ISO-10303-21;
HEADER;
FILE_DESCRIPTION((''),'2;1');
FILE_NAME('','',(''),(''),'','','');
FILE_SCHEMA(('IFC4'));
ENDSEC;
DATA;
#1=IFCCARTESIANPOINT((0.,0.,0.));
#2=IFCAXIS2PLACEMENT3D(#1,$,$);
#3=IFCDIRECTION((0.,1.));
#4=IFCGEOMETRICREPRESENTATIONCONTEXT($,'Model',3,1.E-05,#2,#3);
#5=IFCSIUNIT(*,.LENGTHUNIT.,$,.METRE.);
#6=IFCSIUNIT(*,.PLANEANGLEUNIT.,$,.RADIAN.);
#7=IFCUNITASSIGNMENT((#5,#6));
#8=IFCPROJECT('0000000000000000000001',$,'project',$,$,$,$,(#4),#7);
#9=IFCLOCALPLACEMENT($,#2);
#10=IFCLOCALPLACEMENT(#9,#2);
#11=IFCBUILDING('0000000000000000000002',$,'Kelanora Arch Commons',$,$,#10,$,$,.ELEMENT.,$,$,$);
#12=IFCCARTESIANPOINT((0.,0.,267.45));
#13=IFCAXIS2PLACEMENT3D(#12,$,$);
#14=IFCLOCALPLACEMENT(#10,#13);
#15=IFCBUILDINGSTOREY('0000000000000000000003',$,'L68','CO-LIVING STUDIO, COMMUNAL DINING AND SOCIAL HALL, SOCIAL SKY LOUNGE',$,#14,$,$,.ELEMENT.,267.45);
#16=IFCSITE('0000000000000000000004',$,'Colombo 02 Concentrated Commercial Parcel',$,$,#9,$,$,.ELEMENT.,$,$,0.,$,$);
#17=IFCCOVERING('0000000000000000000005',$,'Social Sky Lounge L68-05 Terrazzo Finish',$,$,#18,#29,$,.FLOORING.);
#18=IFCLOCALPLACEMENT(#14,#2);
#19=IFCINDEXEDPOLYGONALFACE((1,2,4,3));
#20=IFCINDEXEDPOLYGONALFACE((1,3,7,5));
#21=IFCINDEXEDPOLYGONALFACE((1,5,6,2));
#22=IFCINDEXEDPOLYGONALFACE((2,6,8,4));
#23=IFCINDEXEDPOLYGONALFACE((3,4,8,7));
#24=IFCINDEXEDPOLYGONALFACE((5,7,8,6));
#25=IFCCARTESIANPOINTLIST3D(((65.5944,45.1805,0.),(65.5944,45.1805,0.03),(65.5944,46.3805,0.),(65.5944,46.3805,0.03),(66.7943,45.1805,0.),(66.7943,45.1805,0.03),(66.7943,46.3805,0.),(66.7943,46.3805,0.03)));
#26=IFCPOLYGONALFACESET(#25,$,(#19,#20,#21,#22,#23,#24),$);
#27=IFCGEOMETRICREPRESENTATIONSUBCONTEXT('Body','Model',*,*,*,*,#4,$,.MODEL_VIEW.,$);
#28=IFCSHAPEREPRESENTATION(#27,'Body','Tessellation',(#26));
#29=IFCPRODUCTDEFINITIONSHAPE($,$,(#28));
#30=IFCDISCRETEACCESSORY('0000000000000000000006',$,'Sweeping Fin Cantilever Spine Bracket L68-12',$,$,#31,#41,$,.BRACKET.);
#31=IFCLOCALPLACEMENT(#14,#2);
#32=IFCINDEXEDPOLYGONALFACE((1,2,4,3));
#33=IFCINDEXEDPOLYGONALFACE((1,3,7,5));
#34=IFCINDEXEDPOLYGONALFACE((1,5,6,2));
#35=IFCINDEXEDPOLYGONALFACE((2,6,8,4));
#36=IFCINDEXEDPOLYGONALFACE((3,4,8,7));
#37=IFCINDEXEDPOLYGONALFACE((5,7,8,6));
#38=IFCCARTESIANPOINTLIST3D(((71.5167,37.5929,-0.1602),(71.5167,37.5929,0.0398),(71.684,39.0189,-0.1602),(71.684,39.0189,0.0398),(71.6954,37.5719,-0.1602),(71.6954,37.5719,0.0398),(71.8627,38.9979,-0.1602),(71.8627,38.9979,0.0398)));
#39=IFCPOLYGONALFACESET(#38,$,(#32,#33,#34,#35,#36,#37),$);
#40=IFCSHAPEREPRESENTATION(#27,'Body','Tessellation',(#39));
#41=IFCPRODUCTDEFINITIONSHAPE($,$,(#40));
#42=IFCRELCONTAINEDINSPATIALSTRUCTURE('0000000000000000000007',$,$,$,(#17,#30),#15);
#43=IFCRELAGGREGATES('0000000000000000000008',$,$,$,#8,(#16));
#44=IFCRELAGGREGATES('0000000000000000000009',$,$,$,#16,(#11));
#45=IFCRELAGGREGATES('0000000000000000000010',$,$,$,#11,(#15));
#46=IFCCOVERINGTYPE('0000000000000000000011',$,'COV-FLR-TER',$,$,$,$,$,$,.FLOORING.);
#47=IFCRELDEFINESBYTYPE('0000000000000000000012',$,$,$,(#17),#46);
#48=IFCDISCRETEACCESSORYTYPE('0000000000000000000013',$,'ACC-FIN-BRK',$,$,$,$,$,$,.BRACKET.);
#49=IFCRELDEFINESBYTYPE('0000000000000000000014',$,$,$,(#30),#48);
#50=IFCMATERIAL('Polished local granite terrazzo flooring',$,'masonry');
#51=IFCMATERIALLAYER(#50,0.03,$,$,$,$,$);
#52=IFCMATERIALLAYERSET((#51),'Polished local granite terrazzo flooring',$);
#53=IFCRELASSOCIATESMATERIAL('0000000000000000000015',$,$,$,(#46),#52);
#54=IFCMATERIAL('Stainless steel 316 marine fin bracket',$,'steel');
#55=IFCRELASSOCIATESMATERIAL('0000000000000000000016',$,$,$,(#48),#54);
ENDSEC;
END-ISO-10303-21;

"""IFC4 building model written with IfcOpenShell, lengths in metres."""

from ifc_helpers import new_model, si_unit, direction, frame, origin, origin_2d, place, context, subcontext, project, spatial, rectangle, extrude, source, transform, mapped, material, layer, layer_set, type_object, element, save


model = new_model("IFC4")

# Units and contexts
model_context = context("Model", 3, precision=1e-05, world=origin(), true_north=direction((0.0, 1.0)))
body_context = subcontext(model_context, "Body", "Model", "MODEL_VIEW")
ifc_project = project(units=[si_unit("LENGTHUNIT", "METRE"), si_unit("PLANEANGLEUNIT", "RADIAN")], contexts=[model_context])

# Site, building, storey
site_placement = place(None, origin())
site = spatial("IfcSite", under=ifc_project, at=site_placement, Name="Colombo 02 Concentrated Commercial Parcel", CompositionType="ELEMENT", RefElevation=0.0)
building_placement = place(site_placement, origin())
building = spatial("IfcBuilding", under=site, at=building_placement, Name="Kelanora Arch Commons", CompositionType="ELEMENT")
storey_placement = place(building_placement, frame((0.0, 0.0, 267.45)))
storey = spatial("IfcBuildingStorey", under=building, at=storey_placement, Name="L68", Description="CO-LIVING STUDIO, COMMUNAL DINING AND SOCIAL HALL, SOCIAL SKY LOUNGE", CompositionType="ELEMENT", Elevation=267.45)

# Covering
ifc_material_1 = material(Name="Polished local granite terrazzo flooring", Category="masonry")
ifc_layer_1 = layer(ifc_material_1, 0.03)
ifc_layer_set_1 = layer_set([ifc_layer_1], Name="Polished local granite terrazzo flooring")
covering_type = type_object("IfcCoveringType", Name="COV-FLR-TER", PredefinedType="FLOORING", material=ifc_layer_set_1)
shared_shape_1 = source(origin(), body_context, "Body", "SweptSolid", [
    extrude(rectangle(XDim=1.2, YDim=1.2, at=origin_2d()), origin(), (0.0, 0.0, 1.0), 0.03),
])
covering_placement = place(storey_placement, frame((66.1943, 45.7805, 0.0), z_axis=(0.0, 0.0, 1.0), x_axis=(1.0, 0.0, 0.0)))
element("IfcCovering", 1, at=covering_placement, inside=storey, type_object=covering_type, Name="Social Sky Lounge L68-05 Terrazzo Finish", PredefinedType="FLOORING", context=body_context, shape_type="MappedRepresentation", body=[
    mapped(shared_shape_1, transform((0.0, 0.0, 0.0), scale=1.0)),
])

# Discrete accessory
ifc_material_2 = material(Name="Stainless steel 316 marine fin bracket", Category="steel")
discrete_accessory_type = type_object("IfcDiscreteAccessoryType", Name="ACC-FIN-BRK", PredefinedType="BRACKET", material=ifc_material_2)
shared_shape_2 = source(origin(), body_context, "Body", "SweptSolid", [
    extrude(rectangle(XDim=1.4358, YDim=0.1799, at=origin_2d()), origin(), (0.0, 0.0, 1.0), 0.2),
])
discrete_accessory_placement = place(storey_placement, frame((71.6897, 38.2954, -0.1602), z_axis=(0.0, 0.0, 1.0), x_axis=(-0.116497, -0.993191, 0.0)))
element("IfcDiscreteAccessory", 2, at=discrete_accessory_placement, inside=storey, type_object=discrete_accessory_type, Name="Sweeping Fin Cantilever Spine Bracket L68-12", PredefinedType="BRACKET", context=body_context, shape_type="MappedRepresentation", body=[
    mapped(shared_shape_2, transform((0.0, 0.0, 0.0), scale=1.0)),
])

save(model, "model.ifc")
